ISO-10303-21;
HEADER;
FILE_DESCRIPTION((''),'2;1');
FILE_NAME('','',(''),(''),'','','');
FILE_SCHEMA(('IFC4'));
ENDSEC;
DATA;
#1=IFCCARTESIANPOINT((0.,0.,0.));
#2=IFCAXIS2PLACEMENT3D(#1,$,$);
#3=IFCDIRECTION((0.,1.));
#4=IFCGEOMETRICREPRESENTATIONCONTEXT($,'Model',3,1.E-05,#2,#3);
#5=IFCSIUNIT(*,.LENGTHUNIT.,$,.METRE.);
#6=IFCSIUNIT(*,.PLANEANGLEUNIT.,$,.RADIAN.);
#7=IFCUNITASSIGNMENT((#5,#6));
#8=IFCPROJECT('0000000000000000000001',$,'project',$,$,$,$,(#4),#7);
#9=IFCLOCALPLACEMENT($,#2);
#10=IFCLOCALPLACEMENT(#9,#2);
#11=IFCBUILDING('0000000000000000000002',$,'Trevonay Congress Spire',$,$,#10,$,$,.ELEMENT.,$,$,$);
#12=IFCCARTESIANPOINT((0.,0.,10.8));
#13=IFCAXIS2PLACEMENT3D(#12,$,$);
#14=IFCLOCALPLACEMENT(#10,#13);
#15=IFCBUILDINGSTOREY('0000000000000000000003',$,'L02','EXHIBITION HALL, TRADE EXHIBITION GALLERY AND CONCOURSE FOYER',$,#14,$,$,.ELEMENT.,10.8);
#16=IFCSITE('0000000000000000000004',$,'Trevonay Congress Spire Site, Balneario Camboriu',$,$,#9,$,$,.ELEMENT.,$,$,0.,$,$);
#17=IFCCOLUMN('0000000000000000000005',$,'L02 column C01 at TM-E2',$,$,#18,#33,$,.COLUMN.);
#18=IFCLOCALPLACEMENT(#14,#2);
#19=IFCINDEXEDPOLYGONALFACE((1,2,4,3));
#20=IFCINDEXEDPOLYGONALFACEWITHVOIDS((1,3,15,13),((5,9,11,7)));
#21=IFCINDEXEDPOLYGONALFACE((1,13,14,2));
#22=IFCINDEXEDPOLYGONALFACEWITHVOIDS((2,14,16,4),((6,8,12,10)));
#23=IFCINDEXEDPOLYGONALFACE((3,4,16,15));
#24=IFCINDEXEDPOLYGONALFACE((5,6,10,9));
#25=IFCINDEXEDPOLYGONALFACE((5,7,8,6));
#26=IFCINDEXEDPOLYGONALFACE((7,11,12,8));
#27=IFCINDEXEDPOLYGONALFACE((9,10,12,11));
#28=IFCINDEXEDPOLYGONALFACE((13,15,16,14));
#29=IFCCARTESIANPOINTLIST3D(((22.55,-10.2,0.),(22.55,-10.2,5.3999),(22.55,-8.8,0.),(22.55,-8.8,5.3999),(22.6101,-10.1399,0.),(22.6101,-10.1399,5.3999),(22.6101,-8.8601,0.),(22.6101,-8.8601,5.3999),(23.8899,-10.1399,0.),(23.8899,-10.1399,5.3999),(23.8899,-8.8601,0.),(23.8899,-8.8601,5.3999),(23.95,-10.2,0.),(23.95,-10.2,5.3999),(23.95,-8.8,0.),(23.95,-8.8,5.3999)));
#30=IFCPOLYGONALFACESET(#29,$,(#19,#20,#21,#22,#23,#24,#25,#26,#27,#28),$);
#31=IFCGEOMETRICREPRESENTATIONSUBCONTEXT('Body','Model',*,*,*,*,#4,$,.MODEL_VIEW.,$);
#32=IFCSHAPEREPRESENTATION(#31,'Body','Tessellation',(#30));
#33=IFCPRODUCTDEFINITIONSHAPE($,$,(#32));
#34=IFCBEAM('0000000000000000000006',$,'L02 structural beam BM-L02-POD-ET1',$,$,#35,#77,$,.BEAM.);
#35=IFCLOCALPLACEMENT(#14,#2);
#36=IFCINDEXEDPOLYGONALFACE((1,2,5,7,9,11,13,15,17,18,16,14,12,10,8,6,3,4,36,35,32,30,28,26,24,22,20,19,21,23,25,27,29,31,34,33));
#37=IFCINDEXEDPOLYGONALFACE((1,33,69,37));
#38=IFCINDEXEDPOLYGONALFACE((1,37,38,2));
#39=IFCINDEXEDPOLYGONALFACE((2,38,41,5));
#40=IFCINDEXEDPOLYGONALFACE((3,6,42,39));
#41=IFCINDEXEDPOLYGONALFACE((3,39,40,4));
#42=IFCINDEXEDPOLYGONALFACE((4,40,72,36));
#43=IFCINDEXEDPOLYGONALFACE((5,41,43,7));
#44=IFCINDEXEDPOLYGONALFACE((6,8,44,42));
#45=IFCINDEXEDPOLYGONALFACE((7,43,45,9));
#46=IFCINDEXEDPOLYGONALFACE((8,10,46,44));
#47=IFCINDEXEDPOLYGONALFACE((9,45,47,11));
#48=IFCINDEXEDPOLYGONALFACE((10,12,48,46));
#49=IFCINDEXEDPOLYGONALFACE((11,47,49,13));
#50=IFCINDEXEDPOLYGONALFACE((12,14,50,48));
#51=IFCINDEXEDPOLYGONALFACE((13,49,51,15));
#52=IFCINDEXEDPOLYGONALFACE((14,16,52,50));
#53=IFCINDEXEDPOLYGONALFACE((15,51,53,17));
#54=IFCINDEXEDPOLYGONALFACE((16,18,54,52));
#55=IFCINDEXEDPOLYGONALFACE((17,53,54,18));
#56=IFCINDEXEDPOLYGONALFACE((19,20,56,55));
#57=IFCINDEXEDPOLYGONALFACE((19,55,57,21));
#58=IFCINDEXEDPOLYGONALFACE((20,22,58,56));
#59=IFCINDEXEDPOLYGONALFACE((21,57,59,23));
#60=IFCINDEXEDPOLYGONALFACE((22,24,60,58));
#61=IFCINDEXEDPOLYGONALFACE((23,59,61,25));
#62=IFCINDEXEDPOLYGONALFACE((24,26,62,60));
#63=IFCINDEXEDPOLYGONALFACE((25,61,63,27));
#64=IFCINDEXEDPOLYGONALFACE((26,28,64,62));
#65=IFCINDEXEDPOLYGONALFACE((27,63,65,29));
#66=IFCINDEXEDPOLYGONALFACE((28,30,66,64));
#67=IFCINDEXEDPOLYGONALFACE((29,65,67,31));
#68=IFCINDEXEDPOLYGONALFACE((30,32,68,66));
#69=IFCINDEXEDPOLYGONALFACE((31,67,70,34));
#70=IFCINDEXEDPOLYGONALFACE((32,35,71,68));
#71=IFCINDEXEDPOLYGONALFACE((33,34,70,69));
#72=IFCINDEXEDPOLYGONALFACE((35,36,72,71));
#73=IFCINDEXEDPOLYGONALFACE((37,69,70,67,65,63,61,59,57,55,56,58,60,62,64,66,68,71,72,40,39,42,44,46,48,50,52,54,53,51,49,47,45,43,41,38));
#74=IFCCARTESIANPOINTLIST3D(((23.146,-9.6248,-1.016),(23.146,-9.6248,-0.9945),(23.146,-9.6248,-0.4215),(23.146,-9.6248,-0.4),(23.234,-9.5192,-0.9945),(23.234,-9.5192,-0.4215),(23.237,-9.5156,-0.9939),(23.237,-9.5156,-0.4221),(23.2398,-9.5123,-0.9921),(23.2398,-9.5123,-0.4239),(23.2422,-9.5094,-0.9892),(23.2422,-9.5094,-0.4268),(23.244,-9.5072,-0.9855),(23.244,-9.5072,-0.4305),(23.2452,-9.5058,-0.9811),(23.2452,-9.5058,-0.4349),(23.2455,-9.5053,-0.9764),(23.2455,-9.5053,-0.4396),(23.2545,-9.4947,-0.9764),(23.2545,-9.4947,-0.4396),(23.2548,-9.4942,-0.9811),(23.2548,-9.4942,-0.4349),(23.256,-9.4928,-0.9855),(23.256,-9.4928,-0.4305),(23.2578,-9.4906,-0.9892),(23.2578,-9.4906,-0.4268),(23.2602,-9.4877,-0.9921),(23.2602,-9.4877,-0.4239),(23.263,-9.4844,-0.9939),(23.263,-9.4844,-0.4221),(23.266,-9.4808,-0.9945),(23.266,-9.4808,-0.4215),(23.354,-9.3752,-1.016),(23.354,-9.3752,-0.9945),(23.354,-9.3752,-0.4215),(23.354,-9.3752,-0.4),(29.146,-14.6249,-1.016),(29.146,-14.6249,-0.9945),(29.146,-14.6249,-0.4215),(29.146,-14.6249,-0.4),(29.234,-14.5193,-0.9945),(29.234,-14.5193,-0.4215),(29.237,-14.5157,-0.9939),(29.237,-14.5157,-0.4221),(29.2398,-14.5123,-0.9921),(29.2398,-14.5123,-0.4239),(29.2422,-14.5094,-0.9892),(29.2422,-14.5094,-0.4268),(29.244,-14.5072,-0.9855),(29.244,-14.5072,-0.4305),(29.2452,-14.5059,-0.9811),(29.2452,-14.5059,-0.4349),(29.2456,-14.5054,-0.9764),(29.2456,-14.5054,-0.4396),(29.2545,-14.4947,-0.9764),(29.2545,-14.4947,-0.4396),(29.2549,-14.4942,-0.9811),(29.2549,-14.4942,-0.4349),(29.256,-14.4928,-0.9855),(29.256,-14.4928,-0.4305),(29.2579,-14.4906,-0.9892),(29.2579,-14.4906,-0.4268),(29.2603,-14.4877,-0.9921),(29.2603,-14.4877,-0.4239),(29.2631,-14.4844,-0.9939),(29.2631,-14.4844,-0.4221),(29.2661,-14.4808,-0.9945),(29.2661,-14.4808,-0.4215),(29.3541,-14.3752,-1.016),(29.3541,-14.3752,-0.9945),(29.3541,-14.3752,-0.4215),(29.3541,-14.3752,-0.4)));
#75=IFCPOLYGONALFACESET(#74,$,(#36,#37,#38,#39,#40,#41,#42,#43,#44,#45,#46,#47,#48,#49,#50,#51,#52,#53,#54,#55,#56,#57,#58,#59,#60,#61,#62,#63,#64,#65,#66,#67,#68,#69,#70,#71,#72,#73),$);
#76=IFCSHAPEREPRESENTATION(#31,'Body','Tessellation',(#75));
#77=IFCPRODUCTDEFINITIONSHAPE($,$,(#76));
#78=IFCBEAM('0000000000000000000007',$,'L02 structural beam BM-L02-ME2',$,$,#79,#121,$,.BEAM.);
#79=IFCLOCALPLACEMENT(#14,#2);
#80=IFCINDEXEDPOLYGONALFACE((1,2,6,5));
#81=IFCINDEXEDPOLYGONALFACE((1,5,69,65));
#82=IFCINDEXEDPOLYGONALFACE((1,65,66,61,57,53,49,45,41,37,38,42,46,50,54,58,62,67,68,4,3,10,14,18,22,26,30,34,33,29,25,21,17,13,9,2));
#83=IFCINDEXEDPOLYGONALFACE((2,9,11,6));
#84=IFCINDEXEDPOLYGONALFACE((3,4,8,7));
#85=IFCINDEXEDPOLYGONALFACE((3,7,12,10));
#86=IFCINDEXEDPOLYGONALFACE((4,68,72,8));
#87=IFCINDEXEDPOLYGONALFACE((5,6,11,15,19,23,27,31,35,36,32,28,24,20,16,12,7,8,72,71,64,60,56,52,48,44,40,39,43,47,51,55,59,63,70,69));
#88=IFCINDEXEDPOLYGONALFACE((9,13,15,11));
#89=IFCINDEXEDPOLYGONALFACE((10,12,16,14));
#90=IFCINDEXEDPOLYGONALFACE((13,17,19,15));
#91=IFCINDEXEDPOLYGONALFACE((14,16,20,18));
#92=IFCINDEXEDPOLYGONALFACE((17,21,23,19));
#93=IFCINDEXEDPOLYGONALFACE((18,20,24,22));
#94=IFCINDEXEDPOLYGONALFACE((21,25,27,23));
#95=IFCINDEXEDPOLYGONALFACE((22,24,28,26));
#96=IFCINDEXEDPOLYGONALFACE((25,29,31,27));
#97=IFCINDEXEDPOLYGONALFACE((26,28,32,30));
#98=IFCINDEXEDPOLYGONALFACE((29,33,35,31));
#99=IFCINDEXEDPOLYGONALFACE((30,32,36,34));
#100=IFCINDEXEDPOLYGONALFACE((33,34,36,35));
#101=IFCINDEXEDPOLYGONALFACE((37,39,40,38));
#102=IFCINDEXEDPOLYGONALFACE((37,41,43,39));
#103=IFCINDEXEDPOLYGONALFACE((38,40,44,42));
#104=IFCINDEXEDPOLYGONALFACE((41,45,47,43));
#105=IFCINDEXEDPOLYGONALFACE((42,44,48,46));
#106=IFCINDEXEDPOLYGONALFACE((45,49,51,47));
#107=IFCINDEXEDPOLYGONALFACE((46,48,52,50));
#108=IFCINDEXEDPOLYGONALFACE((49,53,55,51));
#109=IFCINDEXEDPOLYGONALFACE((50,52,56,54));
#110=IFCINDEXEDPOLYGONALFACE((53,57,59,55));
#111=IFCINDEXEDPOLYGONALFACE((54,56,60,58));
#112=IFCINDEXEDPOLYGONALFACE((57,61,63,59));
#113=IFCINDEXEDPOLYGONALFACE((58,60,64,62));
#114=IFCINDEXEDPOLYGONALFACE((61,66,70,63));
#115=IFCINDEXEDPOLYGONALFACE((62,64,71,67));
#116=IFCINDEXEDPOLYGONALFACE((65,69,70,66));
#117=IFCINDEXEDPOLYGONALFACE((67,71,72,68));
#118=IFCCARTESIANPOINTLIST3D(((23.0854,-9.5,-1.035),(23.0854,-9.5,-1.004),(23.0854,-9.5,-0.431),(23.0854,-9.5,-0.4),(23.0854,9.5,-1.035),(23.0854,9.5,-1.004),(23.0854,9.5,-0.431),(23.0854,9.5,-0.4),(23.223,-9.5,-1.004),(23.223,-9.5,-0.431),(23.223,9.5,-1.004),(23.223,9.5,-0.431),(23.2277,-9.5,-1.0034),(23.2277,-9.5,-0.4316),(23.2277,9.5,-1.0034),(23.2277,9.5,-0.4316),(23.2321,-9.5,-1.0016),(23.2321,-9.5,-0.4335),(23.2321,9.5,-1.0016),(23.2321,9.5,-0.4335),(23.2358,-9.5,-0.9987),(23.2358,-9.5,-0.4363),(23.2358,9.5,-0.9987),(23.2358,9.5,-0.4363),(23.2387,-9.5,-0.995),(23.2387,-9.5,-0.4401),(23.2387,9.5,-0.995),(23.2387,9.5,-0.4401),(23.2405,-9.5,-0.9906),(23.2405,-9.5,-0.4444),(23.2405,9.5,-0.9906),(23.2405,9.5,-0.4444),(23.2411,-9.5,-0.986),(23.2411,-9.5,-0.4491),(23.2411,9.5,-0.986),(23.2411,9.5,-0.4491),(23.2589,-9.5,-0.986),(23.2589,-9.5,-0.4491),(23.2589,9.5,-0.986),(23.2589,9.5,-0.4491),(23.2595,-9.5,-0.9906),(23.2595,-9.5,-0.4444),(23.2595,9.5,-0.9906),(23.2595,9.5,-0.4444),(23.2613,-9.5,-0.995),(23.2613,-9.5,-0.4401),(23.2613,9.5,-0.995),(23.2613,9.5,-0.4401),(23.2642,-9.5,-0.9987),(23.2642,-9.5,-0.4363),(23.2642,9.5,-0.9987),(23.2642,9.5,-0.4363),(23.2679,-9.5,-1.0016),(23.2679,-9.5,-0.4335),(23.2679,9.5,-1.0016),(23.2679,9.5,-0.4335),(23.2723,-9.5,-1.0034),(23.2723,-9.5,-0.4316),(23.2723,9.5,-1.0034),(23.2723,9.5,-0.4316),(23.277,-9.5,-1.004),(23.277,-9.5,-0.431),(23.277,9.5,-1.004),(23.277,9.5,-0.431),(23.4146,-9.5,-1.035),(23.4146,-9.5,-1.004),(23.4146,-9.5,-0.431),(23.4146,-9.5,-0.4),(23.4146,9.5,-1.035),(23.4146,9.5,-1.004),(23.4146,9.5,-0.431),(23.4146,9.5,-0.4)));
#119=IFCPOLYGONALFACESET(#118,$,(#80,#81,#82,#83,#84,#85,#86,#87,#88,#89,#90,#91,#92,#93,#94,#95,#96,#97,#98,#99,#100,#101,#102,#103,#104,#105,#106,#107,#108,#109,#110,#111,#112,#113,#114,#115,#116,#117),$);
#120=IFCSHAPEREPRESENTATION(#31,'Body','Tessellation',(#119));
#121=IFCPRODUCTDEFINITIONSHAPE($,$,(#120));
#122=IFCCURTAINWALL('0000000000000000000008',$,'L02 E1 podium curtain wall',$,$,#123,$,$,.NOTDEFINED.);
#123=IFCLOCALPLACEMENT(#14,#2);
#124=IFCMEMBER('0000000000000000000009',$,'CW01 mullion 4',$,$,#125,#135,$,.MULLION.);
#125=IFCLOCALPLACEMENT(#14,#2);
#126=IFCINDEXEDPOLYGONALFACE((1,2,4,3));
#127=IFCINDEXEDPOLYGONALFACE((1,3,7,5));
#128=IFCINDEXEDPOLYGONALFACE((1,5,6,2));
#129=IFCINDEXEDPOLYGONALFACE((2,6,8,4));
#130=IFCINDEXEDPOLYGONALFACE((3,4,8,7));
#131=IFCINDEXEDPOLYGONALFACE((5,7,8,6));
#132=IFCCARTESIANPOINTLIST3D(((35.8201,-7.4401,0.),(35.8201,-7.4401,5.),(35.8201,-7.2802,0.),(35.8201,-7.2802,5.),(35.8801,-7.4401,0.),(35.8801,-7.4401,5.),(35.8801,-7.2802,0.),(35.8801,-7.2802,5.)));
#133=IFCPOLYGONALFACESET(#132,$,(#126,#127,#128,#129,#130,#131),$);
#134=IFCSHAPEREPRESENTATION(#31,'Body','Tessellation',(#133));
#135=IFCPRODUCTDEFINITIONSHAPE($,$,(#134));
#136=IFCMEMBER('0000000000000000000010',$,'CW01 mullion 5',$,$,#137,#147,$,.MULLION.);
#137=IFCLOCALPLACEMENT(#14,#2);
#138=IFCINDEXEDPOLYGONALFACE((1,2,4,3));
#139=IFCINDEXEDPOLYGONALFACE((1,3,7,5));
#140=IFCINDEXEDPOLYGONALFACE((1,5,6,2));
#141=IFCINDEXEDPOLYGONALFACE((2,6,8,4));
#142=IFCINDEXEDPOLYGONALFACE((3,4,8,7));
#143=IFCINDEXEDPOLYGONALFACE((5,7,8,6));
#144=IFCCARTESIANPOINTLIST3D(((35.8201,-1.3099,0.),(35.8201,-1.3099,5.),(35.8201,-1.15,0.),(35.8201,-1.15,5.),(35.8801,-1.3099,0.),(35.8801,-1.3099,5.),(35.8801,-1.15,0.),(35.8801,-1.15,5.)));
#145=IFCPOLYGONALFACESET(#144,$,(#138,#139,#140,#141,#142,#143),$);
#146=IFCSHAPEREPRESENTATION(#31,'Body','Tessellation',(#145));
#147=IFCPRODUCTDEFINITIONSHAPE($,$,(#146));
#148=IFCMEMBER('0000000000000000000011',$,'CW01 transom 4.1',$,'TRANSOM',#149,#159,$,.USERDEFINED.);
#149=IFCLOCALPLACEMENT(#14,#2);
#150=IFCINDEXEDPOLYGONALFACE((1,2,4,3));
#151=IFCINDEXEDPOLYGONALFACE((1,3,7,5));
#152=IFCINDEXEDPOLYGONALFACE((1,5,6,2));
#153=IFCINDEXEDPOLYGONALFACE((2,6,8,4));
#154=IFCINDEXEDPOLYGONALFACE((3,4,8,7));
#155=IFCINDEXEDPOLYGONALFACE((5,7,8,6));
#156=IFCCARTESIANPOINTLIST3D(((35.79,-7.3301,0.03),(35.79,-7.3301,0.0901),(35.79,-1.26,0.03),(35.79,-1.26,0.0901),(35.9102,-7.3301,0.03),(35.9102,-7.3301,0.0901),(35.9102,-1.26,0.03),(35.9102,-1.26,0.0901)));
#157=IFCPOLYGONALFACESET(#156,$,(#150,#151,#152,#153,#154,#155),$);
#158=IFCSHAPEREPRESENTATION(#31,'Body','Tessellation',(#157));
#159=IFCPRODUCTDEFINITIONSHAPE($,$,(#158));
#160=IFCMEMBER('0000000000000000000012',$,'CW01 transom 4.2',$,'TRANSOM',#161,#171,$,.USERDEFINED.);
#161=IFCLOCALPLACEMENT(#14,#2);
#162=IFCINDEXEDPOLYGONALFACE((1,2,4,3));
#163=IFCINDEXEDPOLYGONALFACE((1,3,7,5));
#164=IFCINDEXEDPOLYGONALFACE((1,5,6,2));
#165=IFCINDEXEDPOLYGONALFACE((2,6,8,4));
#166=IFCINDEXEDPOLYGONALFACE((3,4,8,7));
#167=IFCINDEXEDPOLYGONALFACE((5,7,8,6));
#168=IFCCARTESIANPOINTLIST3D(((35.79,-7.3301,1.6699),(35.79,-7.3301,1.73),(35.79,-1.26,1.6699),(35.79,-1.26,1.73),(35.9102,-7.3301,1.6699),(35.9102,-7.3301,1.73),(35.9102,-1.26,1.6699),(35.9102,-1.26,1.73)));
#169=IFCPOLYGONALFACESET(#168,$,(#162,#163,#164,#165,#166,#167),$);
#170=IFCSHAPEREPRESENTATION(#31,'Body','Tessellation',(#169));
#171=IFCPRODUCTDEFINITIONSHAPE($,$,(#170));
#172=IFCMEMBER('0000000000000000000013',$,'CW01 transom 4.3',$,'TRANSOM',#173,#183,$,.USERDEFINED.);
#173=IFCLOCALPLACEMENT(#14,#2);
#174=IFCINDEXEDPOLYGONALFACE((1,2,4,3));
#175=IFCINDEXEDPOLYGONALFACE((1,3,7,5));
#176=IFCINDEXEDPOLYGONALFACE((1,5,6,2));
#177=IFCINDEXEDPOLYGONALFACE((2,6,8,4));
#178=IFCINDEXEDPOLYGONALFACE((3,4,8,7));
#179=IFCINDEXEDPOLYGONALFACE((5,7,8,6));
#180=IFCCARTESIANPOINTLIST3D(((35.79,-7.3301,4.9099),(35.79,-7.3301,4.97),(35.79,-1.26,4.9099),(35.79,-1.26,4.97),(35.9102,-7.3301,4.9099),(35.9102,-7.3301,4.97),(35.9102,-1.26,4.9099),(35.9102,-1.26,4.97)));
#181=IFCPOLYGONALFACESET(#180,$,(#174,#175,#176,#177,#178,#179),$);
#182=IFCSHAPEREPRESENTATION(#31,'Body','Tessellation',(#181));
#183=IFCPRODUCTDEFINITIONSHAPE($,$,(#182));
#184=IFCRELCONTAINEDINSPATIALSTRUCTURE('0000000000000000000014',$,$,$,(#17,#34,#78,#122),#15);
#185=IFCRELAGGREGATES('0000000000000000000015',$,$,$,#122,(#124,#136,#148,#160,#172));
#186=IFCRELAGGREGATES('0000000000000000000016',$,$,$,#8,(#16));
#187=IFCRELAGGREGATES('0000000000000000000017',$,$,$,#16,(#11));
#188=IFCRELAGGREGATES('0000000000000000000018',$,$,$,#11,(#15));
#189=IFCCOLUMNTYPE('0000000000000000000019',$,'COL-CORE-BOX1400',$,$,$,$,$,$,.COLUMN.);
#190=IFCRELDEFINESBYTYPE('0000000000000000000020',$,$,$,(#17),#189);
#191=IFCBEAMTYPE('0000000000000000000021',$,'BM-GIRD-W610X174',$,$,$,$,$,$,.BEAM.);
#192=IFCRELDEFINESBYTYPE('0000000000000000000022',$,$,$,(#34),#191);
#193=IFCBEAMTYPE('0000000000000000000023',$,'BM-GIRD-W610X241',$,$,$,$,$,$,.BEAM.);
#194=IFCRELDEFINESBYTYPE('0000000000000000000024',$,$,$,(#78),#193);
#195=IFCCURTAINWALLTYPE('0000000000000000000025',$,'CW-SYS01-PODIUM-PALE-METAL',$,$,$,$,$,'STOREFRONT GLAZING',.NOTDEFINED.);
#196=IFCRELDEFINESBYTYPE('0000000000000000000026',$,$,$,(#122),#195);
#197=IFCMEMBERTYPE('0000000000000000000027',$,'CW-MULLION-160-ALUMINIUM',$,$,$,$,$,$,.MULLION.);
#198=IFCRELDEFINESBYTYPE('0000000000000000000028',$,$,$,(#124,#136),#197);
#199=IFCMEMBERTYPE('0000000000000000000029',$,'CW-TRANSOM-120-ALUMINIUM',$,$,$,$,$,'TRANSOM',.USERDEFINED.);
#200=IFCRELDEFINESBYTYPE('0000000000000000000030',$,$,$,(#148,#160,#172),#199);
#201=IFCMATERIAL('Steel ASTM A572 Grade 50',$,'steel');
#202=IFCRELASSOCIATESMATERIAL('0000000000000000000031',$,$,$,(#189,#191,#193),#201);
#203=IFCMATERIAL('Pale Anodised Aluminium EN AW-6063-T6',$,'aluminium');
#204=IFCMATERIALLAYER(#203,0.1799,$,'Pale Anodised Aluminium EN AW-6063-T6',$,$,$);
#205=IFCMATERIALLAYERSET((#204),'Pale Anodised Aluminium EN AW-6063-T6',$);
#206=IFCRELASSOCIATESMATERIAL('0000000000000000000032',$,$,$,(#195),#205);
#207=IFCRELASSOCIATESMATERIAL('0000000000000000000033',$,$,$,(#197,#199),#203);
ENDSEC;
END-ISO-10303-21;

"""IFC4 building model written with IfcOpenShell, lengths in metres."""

from ifc_helpers import new_model, si_unit, direction, frame, origin, origin_2d, place, context, subcontext, project, spatial, rectangle, hollow_rectangle, i_section, extrude, material, layer, layer_set, material_profile, profile_set, type_object, element, aggregate, save


model = new_model("IFC4")

# Units and contexts
model_context = context("Model", 3, precision=1e-05, world=origin(), true_north=direction((0.0, 1.0)))
body_context = subcontext(model_context, "Body", "Model", "MODEL_VIEW")
ifc_project = project(units=[si_unit("LENGTHUNIT", "METRE"), si_unit("PLANEANGLEUNIT", "RADIAN")], contexts=[model_context])

# Site, building, storey
site_placement = place(None, origin())
site = spatial("IfcSite", under=ifc_project, at=site_placement, Name="Trevonay Congress Spire Site, Balneario Camboriu", CompositionType="ELEMENT", RefElevation=0.0)
building_placement = place(site_placement, origin())
building = spatial("IfcBuilding", under=site, at=building_placement, Name="Trevonay Congress Spire", CompositionType="ELEMENT")
storey_placement = place(building_placement, frame((0.0, 0.0, 10.8)))
storey = spatial("IfcBuildingStorey", under=building, at=storey_placement, Name="L02", Description="EXHIBITION HALL, TRADE EXHIBITION GALLERY AND CONCOURSE FOYER", CompositionType="ELEMENT", Elevation=10.8)

# Column
ifc_material_1 = material(Name="Steel ASTM A572 Grade 50", Category="steel")
ifc_material_profile_1 = material_profile(ifc_material_1, hollow_rectangle(XDim=1.3999, YDim=1.3999, WallThickness=0.0601, at=origin_2d()), Name="BOX 1400x1400x60")
ifc_profile_set_1 = profile_set([ifc_material_profile_1], Name="Steel ASTM A572 Grade 50")
column_type = type_object("IfcColumnType", Name="COL-CORE-BOX1400", PredefinedType="COLUMN", material=ifc_profile_set_1)
column_placement = place(storey_placement, frame((23.25, -9.5, 0.0), z_axis=(0.0, 0.0, 1.0), x_axis=(1.0, 0.0, 0.0)))
element("IfcColumn", 1, at=column_placement, inside=storey, type_object=column_type, Name="L02 column C01 at TM-E2", PredefinedType="COLUMN", context=body_context, shape_type="SweptSolid", body=[
    extrude(hollow_rectangle(XDim=1.3999, YDim=1.3999, WallThickness=0.0601, at=origin_2d()), origin(), (0.0, 0.0, 1.0), 5.3999),
])

# Beams
ifc_material_profile_2 = material_profile(ifc_material_1, i_section(OverallWidth=0.325, OverallDepth=0.616, WebThickness=0.0139, FlangeThickness=0.0215, FilletRadius=0.0181, at=origin_2d()), Name="W610x174")
ifc_profile_set_2 = profile_set([ifc_material_profile_2], Name="Steel ASTM A572 Grade 50")
beam_type_1 = type_object("IfcBeamType", Name="BM-GIRD-W610X174", PredefinedType="BEAM", material=ifc_profile_set_2)
beam_1_placement = place(storey_placement, frame((23.25, -9.5, -0.708), z_axis=(0.768221, -0.640184, 0.0), x_axis=(0.640184, 0.768221, 0.0)))
element("IfcBeam", 2, at=beam_1_placement, inside=storey, type_object=beam_type_1, Name="L02 structural beam BM-L02-POD-ET1", PredefinedType="BEAM", context=body_context, shape_type="SweptSolid", body=[
    extrude(i_section(OverallWidth=0.325, OverallDepth=0.616, WebThickness=0.0139, FlangeThickness=0.0215, FilletRadius=0.0181, at=origin_2d()), origin(), (0.0, 0.0, 1.0), 7.8103),
])
ifc_material_profile_3 = material_profile(ifc_material_1, i_section(OverallWidth=0.3291, OverallDepth=0.635, WebThickness=0.0178, FlangeThickness=0.031, FilletRadius=0.0181, at=origin_2d()), Name="W610x241")
ifc_profile_set_3 = profile_set([ifc_material_profile_3], Name="Steel ASTM A572 Grade 50")
beam_type_2 = type_object("IfcBeamType", Name="BM-GIRD-W610X241", PredefinedType="BEAM", material=ifc_profile_set_3)
beam_2_placement = place(storey_placement, frame((23.25, -9.5, -0.7175), z_axis=(0.0, 1.0, 0.0), x_axis=(-1.0, 0.0, 0.0)))
element("IfcBeam", 3, at=beam_2_placement, inside=storey, type_object=beam_type_2, Name="L02 structural beam BM-L02-ME2", PredefinedType="BEAM", context=body_context, shape_type="SweptSolid", body=[
    extrude(i_section(OverallWidth=0.3291, OverallDepth=0.635, WebThickness=0.0178, FlangeThickness=0.031, FilletRadius=0.0181, at=origin_2d()), origin(), (0.0, 0.0, 1.0), 19.0),
])

# Curtain wall, members
ifc_material_2 = material(Name="Pale Anodised Aluminium EN AW-6063-T6", Category="aluminium")
ifc_layer_1 = layer(ifc_material_2, 0.1799, Name="Pale Anodised Aluminium EN AW-6063-T6")
ifc_layer_set_1 = layer_set([ifc_layer_1], Name="Pale Anodised Aluminium EN AW-6063-T6")
curtain_wall_type = type_object("IfcCurtainWallType", Name="CW-SYS01-PODIUM-PALE-METAL", ElementType="STOREFRONT GLAZING", PredefinedType="NOTDEFINED", material=ifc_layer_set_1)
curtain_wall_placement = place(storey_placement, origin())
curtain_wall = element("IfcCurtainWall", 4, at=curtain_wall_placement, inside=storey, type_object=curtain_wall_type, Name="L02 E1 podium curtain wall", PredefinedType="NOTDEFINED")
ifc_material_profile_4 = material_profile(ifc_material_2, rectangle(XDim=0.0601, YDim=0.1599, at=origin_2d()), Name="CW-MULLION-160-ALUMINIUM")
ifc_profile_set_4 = profile_set([ifc_material_profile_4], Name="Pale Anodised Aluminium EN AW-6063-T6")
member_type_1 = type_object("IfcMemberType", Name="CW-MULLION-160-ALUMINIUM", PredefinedType="MULLION", material=ifc_profile_set_4)
member_1_placement = place(storey_placement, frame((35.8501, -7.3601, 0.0), z_axis=(0.0, 0.0, 1.0), x_axis=(-1.0, 0.0, 0.0)))
member_1 = element("IfcMember", 5, at=member_1_placement, type_object=member_type_1, Name="CW01 mullion 4", PredefinedType="MULLION", context=body_context, shape_type="SweptSolid", body=[
    extrude(rectangle(XDim=0.0601, YDim=0.1599, at=origin_2d()), origin(), (0.0, 0.0, 1.0), 5.0),
])
member_2_placement = place(storey_placement, frame((35.8501, -1.23, 0.0), z_axis=(0.0, 0.0, 1.0), x_axis=(-1.0, 0.0, 0.0)))
member_2 = element("IfcMember", 6, at=member_2_placement, type_object=member_type_1, Name="CW01 mullion 5", PredefinedType="MULLION", context=body_context, shape_type="SweptSolid", body=[
    extrude(rectangle(XDim=0.0601, YDim=0.1599, at=origin_2d()), origin(), (0.0, 0.0, 1.0), 5.0),
])
ifc_material_profile_5 = material_profile(ifc_material_2, rectangle(XDim=0.1201, YDim=0.0601, at=origin_2d()), Name="CW-TRANSOM-120-ALUMINIUM")
ifc_profile_set_5 = profile_set([ifc_material_profile_5], Name="Pale Anodised Aluminium EN AW-6063-T6")
member_type_2 = type_object("IfcMemberType", Name="CW-TRANSOM-120-ALUMINIUM", ElementType="TRANSOM", PredefinedType="USERDEFINED", material=ifc_profile_set_5)
member_3_placement = place(storey_placement, frame((35.8501, -7.3301, 0.0601), z_axis=(0.0, 1.0, 0.0), x_axis=(-1.0, 0.0, 0.0)))
member_3 = element("IfcMember", 7, at=member_3_placement, type_object=member_type_2, Name="CW01 transom 4.1", ObjectType="TRANSOM", PredefinedType="USERDEFINED", context=body_context, shape_type="SweptSolid", body=[
    extrude(rectangle(XDim=0.1201, YDim=0.0601, at=origin_2d()), origin(), (0.0, 0.0, 1.0), 6.0701),
])
member_4_placement = place(storey_placement, frame((35.8501, -7.3301, 1.7), z_axis=(0.0, 1.0, 0.0), x_axis=(-1.0, 0.0, 0.0)))
member_4 = element("IfcMember", 8, at=member_4_placement, type_object=member_type_2, Name="CW01 transom 4.2", ObjectType="TRANSOM", PredefinedType="USERDEFINED", context=body_context, shape_type="SweptSolid", body=[
    extrude(rectangle(XDim=0.1201, YDim=0.0601, at=origin_2d()), origin(), (0.0, 0.0, 1.0), 6.0701),
])
member_5_placement = place(storey_placement, frame((35.8501, -7.3301, 4.9399), z_axis=(0.0, 1.0, 0.0), x_axis=(-1.0, 0.0, 0.0)))
member_5 = element("IfcMember", 9, at=member_5_placement, type_object=member_type_2, Name="CW01 transom 4.3", ObjectType="TRANSOM", PredefinedType="USERDEFINED", context=body_context, shape_type="SweptSolid", body=[
    extrude(rectangle(XDim=0.1201, YDim=0.0601, at=origin_2d()), origin(), (0.0, 0.0, 1.0), 6.0701),
])
aggregate(curtain_wall, [member_1, member_2, member_3, member_4, member_5])

save(model, "model.ifc")
